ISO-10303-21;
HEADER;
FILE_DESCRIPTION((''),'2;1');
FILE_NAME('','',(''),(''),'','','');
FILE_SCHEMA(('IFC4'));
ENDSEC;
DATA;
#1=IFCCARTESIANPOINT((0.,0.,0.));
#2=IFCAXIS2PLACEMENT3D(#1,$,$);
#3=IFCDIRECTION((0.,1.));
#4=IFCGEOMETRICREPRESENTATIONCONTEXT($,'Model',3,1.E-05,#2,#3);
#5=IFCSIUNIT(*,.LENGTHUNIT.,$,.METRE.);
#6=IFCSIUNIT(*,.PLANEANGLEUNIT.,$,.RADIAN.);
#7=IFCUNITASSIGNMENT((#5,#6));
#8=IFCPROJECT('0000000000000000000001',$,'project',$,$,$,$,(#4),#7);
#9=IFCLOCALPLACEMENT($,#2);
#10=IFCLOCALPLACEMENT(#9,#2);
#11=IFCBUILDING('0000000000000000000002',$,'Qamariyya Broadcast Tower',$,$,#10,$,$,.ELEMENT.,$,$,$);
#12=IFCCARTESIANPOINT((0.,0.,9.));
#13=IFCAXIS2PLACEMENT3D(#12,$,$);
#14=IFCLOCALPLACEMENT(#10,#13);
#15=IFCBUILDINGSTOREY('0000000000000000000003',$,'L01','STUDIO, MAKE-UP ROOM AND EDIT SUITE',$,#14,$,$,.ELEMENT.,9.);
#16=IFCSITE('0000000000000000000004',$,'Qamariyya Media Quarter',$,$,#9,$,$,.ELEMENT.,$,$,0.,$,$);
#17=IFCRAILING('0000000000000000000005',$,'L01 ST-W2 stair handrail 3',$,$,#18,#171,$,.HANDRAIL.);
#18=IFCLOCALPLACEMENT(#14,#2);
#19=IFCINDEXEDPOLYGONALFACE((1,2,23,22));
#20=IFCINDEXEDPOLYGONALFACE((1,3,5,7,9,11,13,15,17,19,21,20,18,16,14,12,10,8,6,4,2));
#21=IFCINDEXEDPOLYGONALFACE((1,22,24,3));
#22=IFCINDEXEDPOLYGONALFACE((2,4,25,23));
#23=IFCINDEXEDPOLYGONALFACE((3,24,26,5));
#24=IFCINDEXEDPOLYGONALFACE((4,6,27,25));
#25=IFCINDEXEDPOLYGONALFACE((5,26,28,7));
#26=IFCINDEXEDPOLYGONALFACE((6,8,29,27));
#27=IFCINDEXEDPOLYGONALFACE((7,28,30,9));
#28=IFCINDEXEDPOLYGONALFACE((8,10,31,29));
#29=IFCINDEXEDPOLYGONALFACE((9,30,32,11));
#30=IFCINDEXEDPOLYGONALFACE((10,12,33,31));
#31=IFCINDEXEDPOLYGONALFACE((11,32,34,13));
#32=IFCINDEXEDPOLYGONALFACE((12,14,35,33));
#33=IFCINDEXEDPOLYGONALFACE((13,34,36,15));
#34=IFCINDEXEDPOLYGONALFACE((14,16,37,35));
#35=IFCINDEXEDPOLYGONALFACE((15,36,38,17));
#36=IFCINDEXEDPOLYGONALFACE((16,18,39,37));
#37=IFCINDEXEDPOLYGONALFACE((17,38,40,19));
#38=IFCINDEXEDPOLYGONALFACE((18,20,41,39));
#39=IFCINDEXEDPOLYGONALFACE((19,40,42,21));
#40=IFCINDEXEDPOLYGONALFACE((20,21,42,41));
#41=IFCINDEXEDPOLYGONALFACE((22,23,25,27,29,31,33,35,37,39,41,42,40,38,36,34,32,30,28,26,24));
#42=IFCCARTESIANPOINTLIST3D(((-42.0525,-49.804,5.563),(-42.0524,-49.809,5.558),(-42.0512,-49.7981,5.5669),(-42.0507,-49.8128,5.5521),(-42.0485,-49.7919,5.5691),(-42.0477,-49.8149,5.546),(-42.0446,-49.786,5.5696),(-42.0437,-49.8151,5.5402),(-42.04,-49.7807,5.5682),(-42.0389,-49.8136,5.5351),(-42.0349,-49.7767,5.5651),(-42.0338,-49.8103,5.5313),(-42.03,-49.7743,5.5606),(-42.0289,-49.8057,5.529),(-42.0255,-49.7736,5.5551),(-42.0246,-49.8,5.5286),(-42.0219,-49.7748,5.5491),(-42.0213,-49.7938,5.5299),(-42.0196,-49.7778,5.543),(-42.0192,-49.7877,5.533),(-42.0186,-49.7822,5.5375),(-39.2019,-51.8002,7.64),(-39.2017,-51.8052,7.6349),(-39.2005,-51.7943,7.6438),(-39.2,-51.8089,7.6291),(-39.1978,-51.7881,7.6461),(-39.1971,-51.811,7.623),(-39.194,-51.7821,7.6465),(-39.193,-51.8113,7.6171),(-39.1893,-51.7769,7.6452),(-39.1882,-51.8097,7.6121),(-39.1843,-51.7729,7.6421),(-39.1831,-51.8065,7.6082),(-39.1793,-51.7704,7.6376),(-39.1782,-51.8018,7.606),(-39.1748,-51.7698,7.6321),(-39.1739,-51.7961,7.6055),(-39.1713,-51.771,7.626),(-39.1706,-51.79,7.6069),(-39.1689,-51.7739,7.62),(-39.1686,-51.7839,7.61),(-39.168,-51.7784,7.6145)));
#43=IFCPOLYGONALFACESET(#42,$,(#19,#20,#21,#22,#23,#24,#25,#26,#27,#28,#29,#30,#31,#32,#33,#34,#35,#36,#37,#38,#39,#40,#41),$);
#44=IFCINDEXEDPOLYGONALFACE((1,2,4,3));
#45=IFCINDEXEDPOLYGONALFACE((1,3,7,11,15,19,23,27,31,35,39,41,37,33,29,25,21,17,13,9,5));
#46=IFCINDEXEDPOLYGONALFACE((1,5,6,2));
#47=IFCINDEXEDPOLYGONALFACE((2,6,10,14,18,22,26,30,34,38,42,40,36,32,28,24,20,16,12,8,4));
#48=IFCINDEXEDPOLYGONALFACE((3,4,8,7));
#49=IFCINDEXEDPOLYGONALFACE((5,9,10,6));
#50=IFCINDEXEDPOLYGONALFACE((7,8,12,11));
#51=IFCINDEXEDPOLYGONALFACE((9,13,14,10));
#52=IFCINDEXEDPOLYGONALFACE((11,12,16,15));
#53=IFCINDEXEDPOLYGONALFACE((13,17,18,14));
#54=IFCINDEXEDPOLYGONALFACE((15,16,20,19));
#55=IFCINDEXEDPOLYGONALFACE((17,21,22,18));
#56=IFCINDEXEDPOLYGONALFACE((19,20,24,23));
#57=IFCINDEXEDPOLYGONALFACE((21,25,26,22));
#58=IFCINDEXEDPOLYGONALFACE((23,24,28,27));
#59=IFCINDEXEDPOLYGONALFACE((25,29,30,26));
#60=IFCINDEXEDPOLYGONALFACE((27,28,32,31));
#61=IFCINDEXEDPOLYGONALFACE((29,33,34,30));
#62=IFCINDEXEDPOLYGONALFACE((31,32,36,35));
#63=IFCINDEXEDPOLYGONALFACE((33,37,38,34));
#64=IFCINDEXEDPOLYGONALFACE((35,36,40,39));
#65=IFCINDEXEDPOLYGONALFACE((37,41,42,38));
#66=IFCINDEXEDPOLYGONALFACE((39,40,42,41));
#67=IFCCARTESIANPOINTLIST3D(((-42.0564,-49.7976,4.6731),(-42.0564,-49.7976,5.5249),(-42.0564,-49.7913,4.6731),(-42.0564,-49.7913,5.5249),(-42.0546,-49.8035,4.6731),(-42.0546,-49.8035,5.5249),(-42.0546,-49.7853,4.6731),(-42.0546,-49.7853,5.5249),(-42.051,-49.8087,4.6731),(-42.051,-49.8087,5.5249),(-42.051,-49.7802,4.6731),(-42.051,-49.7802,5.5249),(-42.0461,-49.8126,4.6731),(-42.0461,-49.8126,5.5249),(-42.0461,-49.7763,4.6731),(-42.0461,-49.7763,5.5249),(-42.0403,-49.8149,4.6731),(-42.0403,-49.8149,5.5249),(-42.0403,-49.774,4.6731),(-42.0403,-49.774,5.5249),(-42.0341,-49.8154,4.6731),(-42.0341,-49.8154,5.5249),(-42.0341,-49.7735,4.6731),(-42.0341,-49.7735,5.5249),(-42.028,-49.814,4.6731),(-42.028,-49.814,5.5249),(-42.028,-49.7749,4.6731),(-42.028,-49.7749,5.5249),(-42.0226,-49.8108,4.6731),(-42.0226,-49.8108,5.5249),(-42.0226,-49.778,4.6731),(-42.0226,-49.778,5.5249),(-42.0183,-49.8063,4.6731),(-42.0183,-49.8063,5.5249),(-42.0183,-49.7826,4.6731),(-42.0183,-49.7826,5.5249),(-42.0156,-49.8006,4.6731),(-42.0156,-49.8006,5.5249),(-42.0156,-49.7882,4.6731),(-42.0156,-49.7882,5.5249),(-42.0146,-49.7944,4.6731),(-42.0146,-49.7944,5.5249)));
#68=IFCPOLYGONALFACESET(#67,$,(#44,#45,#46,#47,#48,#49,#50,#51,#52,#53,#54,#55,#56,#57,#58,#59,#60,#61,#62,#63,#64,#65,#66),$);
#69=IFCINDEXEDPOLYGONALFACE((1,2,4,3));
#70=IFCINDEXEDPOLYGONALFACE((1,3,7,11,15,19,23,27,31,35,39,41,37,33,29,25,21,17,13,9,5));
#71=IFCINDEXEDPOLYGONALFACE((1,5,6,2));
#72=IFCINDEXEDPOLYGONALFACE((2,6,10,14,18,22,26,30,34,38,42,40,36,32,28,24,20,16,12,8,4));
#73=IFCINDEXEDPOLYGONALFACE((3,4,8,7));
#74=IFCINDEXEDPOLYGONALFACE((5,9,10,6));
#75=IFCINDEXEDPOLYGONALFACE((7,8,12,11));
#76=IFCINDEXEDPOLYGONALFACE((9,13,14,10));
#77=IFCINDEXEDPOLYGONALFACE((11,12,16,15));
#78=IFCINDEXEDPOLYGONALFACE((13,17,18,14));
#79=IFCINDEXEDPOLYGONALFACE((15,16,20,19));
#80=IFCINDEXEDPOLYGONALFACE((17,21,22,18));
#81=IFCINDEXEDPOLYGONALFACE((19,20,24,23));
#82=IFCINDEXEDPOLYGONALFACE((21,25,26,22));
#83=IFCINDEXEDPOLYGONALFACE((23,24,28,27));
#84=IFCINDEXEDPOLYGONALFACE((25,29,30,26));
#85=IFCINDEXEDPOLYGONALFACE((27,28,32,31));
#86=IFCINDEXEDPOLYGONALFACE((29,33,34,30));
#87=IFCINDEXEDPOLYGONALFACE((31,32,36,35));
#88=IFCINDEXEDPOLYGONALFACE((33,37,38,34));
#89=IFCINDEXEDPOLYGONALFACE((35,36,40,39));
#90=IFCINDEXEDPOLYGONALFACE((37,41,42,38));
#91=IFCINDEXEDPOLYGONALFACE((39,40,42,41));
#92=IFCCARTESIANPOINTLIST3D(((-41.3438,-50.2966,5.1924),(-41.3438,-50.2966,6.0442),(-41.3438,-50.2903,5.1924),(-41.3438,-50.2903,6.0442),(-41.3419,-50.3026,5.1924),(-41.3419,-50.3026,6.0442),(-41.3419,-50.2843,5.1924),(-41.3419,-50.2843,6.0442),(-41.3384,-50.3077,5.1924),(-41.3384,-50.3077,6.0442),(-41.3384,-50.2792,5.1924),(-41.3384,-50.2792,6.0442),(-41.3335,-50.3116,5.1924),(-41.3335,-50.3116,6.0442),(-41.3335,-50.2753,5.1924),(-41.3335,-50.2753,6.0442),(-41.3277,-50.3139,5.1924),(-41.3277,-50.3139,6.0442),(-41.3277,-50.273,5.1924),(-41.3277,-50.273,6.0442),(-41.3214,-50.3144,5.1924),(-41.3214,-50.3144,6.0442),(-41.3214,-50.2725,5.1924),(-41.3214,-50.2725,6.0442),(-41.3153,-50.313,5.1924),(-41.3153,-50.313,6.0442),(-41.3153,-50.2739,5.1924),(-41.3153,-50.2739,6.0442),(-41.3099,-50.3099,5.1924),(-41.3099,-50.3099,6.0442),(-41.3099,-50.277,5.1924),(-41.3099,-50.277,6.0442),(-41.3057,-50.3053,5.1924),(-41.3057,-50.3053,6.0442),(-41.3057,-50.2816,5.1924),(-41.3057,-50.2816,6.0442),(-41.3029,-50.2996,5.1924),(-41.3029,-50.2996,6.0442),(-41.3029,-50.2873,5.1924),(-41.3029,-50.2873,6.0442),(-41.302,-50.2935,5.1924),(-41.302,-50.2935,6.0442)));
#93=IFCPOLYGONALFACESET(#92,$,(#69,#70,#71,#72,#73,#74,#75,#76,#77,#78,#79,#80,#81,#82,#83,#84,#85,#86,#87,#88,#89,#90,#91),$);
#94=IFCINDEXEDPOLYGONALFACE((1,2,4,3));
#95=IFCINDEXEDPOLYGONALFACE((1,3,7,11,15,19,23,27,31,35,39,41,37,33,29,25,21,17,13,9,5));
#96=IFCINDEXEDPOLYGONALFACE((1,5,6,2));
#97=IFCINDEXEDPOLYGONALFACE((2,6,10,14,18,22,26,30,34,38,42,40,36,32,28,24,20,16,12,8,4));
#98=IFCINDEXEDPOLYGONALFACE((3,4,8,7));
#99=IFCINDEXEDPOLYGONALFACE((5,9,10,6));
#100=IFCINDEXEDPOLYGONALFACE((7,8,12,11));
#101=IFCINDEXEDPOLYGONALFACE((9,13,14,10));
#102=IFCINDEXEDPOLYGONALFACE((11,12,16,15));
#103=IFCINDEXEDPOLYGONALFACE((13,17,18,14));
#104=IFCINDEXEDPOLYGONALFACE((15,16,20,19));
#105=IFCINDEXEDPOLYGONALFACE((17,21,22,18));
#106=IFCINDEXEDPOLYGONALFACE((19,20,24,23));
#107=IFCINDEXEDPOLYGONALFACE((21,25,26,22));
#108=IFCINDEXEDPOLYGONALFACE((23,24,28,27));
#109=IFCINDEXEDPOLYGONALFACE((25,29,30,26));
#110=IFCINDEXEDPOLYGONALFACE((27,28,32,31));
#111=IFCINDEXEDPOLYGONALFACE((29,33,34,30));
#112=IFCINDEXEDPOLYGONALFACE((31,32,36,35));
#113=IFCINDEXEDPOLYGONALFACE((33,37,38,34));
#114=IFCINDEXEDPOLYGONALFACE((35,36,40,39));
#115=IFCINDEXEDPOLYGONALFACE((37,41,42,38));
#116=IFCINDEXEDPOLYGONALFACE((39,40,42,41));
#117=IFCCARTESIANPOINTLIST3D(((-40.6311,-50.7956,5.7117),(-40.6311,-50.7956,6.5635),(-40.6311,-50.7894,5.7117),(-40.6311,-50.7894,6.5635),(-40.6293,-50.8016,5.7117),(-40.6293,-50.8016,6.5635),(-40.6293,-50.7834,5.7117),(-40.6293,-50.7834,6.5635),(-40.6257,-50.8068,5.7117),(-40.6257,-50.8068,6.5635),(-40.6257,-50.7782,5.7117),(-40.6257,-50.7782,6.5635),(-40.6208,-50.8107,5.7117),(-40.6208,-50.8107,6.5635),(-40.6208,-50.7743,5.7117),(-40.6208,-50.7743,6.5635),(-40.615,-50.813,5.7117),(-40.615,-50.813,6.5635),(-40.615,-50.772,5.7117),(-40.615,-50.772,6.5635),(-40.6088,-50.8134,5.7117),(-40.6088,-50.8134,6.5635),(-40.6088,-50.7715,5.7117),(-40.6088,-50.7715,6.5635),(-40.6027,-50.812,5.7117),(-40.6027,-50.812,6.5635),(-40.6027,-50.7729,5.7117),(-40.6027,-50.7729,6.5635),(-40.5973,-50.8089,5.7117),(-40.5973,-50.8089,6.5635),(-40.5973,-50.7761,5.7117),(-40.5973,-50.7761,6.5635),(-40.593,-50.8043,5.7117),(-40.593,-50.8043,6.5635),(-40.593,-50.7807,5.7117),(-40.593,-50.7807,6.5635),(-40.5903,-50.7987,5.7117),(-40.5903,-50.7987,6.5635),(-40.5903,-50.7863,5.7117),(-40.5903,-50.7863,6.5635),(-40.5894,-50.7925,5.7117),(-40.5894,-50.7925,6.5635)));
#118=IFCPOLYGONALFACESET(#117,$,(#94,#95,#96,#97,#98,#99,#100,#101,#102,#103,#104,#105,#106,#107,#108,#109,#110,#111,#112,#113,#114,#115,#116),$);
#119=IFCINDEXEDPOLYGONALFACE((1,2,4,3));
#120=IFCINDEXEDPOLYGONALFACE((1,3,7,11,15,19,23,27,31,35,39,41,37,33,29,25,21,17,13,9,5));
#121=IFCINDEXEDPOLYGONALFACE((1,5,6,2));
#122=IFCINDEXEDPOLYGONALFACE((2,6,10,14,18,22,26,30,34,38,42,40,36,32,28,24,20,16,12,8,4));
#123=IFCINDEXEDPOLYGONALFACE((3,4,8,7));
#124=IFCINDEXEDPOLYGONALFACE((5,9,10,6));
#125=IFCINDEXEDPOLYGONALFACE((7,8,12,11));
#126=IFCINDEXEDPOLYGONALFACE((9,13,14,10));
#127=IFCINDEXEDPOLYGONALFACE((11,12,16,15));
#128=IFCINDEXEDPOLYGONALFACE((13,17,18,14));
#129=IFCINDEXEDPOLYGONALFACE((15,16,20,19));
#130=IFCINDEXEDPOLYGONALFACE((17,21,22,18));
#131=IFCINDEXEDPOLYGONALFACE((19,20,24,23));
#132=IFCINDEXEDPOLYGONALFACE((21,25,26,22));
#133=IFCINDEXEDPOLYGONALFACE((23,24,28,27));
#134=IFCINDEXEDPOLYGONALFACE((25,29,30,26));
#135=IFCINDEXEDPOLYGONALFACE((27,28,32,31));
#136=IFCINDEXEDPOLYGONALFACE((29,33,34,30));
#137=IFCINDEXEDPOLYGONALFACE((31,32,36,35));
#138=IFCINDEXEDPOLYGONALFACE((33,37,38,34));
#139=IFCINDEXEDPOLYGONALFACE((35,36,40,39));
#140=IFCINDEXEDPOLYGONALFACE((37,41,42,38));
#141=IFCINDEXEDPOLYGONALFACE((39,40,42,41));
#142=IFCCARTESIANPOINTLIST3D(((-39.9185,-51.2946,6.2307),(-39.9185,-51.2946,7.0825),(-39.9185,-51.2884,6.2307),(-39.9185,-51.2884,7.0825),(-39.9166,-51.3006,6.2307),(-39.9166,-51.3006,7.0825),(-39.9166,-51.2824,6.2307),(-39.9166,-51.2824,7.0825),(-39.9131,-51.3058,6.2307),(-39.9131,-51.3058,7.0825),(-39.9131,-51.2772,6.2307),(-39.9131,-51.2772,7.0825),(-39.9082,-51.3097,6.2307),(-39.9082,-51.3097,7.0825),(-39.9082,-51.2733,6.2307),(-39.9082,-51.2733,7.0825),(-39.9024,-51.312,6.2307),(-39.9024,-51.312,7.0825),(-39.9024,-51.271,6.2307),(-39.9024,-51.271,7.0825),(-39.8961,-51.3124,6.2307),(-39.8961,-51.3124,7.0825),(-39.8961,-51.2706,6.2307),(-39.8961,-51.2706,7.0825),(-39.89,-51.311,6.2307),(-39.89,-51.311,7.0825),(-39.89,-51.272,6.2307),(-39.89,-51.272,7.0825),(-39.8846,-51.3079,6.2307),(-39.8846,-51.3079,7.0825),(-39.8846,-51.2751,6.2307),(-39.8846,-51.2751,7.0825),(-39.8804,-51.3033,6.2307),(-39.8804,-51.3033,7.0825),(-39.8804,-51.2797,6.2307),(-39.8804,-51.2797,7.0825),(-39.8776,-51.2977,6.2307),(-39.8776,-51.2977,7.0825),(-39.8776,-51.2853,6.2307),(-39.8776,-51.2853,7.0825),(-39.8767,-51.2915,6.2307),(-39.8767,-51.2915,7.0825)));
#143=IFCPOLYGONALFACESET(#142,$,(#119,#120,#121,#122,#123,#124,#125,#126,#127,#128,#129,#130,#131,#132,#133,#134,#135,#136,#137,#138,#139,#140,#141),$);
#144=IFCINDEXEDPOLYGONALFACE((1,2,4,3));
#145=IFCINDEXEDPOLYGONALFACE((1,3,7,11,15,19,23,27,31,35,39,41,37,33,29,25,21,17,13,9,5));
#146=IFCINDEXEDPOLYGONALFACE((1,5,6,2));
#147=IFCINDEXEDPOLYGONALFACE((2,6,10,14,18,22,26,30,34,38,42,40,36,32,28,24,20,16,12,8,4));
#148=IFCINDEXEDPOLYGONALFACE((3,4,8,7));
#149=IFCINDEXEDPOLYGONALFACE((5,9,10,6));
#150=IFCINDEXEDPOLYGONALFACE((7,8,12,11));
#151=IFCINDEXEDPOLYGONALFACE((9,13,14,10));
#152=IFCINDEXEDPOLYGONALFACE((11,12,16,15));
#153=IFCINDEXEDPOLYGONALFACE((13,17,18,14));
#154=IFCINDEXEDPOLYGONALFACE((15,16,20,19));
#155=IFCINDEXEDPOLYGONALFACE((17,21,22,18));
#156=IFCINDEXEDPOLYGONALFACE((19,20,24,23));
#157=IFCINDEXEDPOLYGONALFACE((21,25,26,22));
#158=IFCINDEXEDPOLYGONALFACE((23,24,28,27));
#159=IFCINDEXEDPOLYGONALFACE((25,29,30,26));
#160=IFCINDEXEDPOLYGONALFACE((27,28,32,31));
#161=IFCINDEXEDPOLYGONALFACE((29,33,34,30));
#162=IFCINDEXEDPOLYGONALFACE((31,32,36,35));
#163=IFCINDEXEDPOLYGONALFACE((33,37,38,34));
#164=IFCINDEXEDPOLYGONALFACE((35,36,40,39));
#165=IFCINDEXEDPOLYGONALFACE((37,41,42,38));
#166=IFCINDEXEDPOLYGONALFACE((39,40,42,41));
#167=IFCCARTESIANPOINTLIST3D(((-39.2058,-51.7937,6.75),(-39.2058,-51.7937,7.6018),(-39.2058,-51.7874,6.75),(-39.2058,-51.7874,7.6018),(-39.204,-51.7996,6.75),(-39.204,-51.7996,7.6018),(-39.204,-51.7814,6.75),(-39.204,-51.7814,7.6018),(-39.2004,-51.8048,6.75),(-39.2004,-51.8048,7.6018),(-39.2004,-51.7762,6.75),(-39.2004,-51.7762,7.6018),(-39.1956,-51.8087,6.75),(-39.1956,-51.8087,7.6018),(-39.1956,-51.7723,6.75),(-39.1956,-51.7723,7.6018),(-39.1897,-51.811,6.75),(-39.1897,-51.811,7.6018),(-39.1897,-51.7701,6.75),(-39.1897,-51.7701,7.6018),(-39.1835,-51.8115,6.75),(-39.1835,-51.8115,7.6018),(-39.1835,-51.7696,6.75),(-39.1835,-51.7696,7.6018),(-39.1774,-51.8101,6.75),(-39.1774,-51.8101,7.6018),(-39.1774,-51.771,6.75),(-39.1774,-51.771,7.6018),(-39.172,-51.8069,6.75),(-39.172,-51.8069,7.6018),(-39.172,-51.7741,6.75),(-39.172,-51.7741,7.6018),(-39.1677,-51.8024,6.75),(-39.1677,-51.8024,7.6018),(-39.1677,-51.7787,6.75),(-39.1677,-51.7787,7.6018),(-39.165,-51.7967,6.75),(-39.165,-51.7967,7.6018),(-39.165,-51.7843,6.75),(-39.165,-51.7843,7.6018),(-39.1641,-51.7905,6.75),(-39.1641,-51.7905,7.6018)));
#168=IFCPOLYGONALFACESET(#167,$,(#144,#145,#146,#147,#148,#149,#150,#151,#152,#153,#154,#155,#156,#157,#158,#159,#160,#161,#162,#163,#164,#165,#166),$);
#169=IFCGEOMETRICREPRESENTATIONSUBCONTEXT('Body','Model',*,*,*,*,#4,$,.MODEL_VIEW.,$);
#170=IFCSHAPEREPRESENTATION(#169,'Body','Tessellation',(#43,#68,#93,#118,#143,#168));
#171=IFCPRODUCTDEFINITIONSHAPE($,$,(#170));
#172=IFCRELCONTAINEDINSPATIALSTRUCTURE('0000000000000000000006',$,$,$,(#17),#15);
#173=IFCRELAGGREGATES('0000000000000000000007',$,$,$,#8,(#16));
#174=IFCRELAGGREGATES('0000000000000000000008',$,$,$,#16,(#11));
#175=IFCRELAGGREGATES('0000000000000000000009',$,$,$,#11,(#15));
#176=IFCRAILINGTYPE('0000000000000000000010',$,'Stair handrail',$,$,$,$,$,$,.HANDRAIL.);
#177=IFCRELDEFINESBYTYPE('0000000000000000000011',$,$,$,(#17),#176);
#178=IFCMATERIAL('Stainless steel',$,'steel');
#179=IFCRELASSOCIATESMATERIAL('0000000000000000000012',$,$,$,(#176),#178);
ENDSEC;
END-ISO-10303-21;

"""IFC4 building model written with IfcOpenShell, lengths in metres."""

from ifc_helpers import new_model, si_unit, direction, frame, origin, origin_2d, place, context, subcontext, project, spatial, circle, extrude, material, type_object, element, save


model = new_model("IFC4")

# Units and contexts
model_context = context("Model", 3, precision=1e-05, world=origin(), true_north=direction((0.0, 1.0)))
body_context = subcontext(model_context, "Body", "Model", "MODEL_VIEW")
ifc_project = project(units=[si_unit("LENGTHUNIT", "METRE"), si_unit("PLANEANGLEUNIT", "RADIAN")], contexts=[model_context])

# Site, building, storey
site_placement = place(None, origin())
site = spatial("IfcSite", under=ifc_project, at=site_placement, Name="Qamariyya Media Quarter", CompositionType="ELEMENT", RefElevation=0.0)
building_placement = place(site_placement, origin())
building = spatial("IfcBuilding", under=site, at=building_placement, Name="Qamariyya Broadcast Tower", CompositionType="ELEMENT")
storey_placement = place(building_placement, frame((0.0, 0.0, 9.0)))
storey = spatial("IfcBuildingStorey", under=building, at=storey_placement, Name="L01", Description="STUDIO, MAKE-UP ROOM AND EDIT SUITE", CompositionType="ELEMENT", Elevation=9.0)

# Railing
ifc_material_1 = material(Name="Stainless steel", Category="steel")
railing_type_1 = type_object("IfcRailingType", Name="Stair handrail", PredefinedType="HANDRAIL", material=ifc_material_1)
for number, where, name in (
    (1, (-42.0356, -49.7944, 4.6731), "L01 ST-W2 stair handrail 3"),
):
    element("IfcRailing", number, at=place(storey_placement, frame(where)), inside=storey, type_object=railing_type_1, Name=name, PredefinedType="HANDRAIL", context=body_context, shape_type="SweptSolid", body=[
        extrude(circle(Radius=0.0239, at=origin_2d()), frame((0.0, 0.0, 0.876), z_axis=(0.703393, -0.492544, 0.512484), x_axis=(0.573594, 0.81914, 0.0)), (0.0, 0.0, 1.0), 4.0527),
        extrude(circle(Radius=0.021, at=origin_2d()), origin(), (0.0, 0.0, 1.0), 0.8518),
        extrude(circle(Radius=0.021, at=origin_2d()), frame((0.7126, -0.499, 0.5193)), (0.0, 0.0, 1.0), 0.8518),
        extrude(circle(Radius=0.021, at=origin_2d()), frame((1.4253, -0.998, 1.0386)), (0.0, 0.0, 1.0), 0.8518),
        extrude(circle(Radius=0.021, at=origin_2d()), frame((2.1379, -1.4971, 1.5576)), (0.0, 0.0, 1.0), 0.8518),
        extrude(circle(Radius=0.021, at=origin_2d()), frame((2.8506, -1.9961, 2.0769)), (0.0, 0.0, 1.0), 0.8518),
    ])

save(model, "model.ifc")
